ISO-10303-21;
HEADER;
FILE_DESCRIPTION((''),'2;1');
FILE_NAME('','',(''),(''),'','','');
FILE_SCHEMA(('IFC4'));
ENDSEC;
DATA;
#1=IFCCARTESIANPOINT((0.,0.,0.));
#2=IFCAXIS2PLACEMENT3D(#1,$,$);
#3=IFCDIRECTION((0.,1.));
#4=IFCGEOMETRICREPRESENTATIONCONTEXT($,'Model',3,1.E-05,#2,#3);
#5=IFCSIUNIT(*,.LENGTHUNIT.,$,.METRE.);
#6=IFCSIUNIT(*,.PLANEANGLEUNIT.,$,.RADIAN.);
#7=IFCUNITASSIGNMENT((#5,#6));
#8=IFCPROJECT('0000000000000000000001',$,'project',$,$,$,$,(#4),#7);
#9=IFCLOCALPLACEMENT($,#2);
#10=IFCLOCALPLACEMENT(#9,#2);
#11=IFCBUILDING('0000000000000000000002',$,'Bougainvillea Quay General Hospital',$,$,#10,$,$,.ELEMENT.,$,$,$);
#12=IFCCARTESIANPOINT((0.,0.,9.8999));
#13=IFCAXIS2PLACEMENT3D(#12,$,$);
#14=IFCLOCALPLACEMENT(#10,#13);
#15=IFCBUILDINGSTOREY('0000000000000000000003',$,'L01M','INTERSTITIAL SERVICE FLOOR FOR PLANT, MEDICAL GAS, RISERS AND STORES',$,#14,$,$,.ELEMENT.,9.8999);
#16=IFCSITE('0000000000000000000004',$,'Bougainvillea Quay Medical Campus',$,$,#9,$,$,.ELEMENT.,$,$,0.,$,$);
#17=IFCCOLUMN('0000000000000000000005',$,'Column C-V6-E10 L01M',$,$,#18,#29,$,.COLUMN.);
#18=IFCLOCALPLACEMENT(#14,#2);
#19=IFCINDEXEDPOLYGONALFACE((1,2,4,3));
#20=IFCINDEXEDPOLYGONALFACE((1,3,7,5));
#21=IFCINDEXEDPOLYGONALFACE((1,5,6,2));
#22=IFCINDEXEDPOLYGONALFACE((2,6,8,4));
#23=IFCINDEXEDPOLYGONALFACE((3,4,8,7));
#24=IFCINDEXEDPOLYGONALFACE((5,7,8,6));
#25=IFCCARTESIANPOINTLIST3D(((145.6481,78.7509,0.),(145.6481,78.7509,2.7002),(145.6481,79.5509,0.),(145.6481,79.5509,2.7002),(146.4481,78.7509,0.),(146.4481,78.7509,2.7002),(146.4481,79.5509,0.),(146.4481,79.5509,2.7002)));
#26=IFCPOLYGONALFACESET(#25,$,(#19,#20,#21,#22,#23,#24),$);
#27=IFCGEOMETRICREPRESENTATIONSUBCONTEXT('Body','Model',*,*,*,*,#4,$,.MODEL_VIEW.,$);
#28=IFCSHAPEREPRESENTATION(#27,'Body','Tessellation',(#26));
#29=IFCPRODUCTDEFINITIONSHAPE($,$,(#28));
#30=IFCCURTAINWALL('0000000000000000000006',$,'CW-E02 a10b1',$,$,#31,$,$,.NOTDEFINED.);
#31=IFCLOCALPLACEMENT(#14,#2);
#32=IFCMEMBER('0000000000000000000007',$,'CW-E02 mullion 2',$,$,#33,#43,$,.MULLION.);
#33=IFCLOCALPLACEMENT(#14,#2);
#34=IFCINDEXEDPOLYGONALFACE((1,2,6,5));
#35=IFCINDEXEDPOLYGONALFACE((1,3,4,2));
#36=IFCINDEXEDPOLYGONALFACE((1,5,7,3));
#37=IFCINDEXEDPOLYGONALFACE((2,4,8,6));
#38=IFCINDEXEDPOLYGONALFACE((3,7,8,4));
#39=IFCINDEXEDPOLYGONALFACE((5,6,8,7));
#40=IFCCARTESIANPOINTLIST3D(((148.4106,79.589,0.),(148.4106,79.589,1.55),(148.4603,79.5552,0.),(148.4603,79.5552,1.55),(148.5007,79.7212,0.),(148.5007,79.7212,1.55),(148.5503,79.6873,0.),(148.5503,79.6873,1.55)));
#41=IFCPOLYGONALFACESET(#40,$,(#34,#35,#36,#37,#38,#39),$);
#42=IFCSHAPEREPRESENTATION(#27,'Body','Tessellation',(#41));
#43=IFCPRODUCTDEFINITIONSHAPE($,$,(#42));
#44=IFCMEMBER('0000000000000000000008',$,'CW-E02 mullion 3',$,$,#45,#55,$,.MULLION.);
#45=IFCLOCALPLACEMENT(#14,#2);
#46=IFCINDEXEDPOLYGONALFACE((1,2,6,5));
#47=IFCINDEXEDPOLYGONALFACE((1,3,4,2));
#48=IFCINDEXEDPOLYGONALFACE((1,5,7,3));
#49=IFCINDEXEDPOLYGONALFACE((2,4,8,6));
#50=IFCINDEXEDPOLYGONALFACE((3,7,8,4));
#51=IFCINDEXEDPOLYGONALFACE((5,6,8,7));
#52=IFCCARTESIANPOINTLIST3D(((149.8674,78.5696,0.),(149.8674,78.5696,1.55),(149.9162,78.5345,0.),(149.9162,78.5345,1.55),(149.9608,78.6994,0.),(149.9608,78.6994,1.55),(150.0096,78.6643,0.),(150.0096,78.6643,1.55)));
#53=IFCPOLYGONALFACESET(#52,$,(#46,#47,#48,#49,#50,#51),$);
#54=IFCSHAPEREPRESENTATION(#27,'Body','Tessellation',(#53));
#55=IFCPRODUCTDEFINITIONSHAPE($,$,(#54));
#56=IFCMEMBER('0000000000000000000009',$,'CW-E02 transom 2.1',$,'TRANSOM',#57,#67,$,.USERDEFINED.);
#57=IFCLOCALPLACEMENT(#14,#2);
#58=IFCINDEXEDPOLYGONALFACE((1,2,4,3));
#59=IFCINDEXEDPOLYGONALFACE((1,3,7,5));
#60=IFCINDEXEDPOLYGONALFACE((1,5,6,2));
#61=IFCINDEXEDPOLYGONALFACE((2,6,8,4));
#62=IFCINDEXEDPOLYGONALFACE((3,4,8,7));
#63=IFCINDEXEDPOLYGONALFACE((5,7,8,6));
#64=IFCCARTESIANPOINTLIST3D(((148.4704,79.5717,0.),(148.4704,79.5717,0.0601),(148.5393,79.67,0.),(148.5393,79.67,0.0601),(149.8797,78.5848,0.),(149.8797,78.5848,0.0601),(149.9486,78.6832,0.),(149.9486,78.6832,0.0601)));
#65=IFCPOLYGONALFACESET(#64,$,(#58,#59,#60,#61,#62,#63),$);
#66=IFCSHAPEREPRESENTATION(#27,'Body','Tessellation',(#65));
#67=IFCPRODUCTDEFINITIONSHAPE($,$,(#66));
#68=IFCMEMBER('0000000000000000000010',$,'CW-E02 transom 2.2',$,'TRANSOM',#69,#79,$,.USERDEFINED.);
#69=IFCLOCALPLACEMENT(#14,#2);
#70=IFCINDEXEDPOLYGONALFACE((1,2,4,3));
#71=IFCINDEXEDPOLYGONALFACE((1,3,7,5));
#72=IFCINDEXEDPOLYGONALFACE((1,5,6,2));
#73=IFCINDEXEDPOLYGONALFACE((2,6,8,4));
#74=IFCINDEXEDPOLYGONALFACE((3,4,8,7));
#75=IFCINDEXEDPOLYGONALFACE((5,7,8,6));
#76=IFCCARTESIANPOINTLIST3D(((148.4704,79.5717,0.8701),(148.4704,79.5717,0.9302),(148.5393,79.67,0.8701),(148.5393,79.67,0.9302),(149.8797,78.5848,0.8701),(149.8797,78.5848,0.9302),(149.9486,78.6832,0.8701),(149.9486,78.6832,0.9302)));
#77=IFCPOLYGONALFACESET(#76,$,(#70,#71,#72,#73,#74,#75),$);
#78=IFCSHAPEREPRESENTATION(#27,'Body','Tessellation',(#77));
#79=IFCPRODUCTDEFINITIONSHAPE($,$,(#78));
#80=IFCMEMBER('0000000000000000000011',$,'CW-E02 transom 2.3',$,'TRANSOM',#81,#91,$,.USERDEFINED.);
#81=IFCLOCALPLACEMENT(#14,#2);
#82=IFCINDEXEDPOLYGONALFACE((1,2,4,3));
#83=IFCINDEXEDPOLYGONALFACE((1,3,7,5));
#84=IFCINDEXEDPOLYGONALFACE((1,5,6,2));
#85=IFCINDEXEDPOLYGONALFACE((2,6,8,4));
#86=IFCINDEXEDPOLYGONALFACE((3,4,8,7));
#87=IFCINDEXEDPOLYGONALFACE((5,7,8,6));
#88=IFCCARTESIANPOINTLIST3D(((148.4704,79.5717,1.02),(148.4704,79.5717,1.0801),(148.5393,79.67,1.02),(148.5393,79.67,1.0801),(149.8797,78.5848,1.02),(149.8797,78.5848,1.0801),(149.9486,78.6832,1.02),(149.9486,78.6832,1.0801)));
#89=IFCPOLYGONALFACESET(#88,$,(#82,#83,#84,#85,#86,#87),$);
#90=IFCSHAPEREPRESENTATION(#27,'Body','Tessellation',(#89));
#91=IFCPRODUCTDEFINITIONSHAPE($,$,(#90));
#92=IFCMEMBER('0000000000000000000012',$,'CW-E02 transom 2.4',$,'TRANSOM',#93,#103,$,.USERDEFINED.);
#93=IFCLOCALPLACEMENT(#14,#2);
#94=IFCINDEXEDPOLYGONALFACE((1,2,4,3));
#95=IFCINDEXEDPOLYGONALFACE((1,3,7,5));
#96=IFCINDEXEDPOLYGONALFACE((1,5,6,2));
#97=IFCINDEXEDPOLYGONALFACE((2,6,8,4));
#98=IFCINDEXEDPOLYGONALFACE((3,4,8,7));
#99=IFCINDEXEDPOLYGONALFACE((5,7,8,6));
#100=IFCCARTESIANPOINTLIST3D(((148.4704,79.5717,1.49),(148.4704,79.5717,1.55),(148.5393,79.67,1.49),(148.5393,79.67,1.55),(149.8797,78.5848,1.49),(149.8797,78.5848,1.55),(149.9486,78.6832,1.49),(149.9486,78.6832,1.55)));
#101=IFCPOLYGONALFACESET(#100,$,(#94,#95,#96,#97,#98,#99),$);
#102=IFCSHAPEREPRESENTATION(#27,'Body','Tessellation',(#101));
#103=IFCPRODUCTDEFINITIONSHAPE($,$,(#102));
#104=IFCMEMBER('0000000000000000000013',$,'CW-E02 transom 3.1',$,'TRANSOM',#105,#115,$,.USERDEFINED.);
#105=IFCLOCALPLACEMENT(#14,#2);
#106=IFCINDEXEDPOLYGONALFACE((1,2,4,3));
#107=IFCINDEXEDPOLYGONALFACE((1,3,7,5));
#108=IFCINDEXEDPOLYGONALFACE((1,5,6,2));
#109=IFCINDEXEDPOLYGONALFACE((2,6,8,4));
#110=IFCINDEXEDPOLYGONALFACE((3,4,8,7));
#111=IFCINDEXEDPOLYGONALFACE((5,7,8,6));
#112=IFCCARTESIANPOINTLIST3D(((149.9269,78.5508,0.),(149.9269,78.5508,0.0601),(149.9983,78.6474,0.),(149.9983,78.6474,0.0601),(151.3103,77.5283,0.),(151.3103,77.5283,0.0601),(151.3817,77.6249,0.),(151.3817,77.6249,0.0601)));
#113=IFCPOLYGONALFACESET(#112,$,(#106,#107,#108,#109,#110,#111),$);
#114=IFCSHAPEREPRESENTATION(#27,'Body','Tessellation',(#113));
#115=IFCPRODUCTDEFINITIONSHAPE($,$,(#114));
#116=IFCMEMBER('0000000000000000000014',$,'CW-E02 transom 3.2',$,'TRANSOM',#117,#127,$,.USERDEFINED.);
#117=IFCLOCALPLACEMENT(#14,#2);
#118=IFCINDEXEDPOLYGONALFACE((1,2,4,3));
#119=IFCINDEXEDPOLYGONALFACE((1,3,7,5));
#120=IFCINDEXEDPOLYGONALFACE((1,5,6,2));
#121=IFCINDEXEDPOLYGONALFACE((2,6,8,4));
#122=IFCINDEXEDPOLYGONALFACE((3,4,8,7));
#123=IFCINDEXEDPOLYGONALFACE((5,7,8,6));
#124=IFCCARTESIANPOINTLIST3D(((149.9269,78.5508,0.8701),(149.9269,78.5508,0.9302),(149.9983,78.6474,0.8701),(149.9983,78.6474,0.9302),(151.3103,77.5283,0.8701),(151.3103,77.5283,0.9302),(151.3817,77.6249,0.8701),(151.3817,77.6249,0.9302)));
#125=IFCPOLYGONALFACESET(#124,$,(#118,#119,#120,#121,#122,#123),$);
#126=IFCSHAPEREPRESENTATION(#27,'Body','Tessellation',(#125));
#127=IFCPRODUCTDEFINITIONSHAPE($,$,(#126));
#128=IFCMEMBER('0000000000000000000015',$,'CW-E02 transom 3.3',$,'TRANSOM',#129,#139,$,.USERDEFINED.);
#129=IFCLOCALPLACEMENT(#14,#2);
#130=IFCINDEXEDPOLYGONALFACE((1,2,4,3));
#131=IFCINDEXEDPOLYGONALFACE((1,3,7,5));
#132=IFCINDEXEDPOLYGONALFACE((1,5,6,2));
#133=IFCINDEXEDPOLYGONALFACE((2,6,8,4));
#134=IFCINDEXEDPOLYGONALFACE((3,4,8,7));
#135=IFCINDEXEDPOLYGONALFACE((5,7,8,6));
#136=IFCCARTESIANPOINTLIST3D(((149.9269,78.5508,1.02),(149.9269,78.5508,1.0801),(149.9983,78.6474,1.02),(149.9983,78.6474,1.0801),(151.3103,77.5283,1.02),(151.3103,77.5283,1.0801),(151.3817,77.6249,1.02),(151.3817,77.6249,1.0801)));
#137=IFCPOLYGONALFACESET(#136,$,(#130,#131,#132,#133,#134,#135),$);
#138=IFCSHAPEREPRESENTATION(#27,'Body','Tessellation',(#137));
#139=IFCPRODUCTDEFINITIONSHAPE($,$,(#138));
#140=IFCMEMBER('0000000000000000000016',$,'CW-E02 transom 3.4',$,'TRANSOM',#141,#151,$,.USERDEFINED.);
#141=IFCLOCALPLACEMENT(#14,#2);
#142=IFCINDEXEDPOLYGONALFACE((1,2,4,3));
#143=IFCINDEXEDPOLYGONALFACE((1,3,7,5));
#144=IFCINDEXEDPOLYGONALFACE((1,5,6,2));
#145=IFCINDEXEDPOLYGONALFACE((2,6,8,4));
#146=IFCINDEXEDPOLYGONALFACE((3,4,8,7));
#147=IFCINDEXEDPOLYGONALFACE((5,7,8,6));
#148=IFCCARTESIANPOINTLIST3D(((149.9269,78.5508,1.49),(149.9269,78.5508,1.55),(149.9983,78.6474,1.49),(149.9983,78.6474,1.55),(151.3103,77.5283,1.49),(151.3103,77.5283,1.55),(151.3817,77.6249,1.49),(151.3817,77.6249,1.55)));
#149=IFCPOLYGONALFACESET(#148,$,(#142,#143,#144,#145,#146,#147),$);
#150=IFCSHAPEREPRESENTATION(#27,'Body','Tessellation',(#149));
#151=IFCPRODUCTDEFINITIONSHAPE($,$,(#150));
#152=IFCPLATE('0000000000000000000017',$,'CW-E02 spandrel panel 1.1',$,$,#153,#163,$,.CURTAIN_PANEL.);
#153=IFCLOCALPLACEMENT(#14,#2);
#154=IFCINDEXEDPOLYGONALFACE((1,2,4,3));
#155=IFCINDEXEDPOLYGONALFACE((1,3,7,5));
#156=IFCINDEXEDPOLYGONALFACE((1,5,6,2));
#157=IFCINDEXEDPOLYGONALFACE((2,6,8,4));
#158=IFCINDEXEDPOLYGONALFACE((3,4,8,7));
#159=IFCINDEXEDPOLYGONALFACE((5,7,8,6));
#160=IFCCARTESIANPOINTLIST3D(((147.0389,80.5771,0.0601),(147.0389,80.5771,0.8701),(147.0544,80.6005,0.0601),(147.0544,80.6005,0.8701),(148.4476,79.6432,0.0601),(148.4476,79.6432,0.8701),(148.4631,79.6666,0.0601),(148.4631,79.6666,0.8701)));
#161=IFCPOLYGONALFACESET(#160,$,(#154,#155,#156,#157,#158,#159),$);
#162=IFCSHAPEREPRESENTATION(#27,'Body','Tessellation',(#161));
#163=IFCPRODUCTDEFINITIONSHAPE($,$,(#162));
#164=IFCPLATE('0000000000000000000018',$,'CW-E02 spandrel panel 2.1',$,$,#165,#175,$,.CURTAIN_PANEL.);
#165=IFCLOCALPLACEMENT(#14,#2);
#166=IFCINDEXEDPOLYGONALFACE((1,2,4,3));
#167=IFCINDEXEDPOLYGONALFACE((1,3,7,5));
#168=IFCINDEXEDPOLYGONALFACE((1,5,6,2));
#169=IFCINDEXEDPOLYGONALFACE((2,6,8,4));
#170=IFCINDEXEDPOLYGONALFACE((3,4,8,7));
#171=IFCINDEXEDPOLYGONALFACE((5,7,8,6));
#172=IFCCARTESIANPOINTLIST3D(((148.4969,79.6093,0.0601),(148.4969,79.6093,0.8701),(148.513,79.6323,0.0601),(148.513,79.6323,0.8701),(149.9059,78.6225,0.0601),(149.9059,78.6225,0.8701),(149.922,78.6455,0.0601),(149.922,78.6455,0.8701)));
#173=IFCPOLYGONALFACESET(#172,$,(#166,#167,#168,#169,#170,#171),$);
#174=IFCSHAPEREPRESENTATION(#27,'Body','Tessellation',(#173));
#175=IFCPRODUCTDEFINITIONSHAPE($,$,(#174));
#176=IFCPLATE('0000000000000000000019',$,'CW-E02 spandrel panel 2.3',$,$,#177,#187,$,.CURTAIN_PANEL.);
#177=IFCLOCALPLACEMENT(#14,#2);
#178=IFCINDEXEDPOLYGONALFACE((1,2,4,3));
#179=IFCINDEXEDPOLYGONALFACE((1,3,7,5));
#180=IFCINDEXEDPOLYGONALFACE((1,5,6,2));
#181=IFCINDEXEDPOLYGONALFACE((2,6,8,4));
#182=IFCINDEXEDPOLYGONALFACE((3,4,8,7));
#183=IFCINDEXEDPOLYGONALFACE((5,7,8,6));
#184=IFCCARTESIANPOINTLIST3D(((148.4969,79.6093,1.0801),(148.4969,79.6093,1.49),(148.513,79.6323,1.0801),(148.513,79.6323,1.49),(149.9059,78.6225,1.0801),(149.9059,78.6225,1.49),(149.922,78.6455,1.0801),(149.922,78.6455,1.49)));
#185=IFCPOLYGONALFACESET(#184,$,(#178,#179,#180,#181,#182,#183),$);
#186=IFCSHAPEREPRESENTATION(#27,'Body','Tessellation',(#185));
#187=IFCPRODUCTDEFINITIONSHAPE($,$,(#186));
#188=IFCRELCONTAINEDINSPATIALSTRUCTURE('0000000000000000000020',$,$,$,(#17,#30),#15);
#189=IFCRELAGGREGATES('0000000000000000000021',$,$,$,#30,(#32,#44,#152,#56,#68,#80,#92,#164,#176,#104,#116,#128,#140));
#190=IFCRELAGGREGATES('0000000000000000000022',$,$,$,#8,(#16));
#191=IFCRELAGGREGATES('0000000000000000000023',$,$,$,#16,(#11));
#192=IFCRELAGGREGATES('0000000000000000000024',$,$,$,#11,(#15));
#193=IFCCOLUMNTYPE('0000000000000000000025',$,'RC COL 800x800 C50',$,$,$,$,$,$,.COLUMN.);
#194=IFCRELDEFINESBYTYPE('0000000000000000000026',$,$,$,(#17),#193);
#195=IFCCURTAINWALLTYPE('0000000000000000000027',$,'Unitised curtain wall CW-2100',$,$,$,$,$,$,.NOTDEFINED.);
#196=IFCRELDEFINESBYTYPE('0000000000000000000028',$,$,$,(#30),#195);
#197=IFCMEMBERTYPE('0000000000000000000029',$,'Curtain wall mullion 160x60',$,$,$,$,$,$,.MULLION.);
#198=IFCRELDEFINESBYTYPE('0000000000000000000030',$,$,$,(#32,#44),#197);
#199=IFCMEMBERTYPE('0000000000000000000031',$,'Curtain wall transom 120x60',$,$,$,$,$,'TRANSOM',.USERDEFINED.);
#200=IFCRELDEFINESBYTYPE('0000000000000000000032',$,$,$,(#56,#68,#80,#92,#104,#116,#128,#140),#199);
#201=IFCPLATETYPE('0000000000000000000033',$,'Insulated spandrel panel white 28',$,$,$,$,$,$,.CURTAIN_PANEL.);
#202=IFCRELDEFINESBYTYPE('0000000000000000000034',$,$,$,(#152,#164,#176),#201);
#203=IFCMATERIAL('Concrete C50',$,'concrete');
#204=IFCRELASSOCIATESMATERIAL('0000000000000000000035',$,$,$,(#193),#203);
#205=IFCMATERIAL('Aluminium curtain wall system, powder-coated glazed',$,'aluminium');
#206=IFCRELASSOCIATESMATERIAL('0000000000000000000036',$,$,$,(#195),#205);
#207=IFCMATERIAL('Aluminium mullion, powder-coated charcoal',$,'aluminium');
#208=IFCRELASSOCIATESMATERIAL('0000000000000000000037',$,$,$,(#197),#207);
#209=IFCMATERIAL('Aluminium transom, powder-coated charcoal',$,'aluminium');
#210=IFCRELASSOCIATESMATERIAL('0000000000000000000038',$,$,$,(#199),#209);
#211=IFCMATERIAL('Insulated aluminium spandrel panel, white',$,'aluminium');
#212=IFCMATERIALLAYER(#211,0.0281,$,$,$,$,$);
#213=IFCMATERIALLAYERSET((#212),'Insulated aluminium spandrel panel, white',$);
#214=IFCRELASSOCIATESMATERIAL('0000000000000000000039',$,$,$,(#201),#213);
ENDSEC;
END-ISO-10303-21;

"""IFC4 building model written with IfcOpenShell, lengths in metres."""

from ifc_helpers import new_model, si_unit, direction, frame, origin, origin_2d, place, context, subcontext, project, spatial, rectangle, extrude, material, layer, layer_set, material_profile, profile_set, type_object, element, aggregate, save


model = new_model("IFC4")

# Units and contexts
model_context = context("Model", 3, precision=1e-05, world=origin(), true_north=direction((0.0, 1.0)))
body_context = subcontext(model_context, "Body", "Model", "MODEL_VIEW")
ifc_project = project(units=[si_unit("LENGTHUNIT", "METRE"), si_unit("PLANEANGLEUNIT", "RADIAN")], contexts=[model_context])

# Site, building, storey
site_placement = place(None, origin())
site = spatial("IfcSite", under=ifc_project, at=site_placement, Name="Bougainvillea Quay Medical Campus", CompositionType="ELEMENT", RefElevation=0.0)
building_placement = place(site_placement, origin())
building = spatial("IfcBuilding", under=site, at=building_placement, Name="Bougainvillea Quay General Hospital", CompositionType="ELEMENT")
storey_placement = place(building_placement, frame((0.0, 0.0, 9.8999)))
storey = spatial("IfcBuildingStorey", under=building, at=storey_placement, Name="L01M", Description="INTERSTITIAL SERVICE FLOOR FOR PLANT, MEDICAL GAS, RISERS AND STORES", CompositionType="ELEMENT", Elevation=9.8999)

# Column
ifc_material_1 = material(Name="Concrete C50", Category="concrete")
ifc_material_profile_1 = material_profile(ifc_material_1, rectangle(XDim=0.8, YDim=0.8, at=origin_2d()))
ifc_profile_set_1 = profile_set([ifc_material_profile_1], Name="Concrete C50")
column_type = type_object("IfcColumnType", Name="RC COL 800x800 C50", PredefinedType="COLUMN", material=ifc_profile_set_1)
column_placement = place(storey_placement, frame((146.0481, 79.1509, 0.0), z_axis=(0.0, 0.0, 1.0), x_axis=(1.0, 0.0, 0.0)))
element("IfcColumn", 1, at=column_placement, inside=storey, type_object=column_type, Name="Column C-V6-E10 L01M", PredefinedType="COLUMN", context=body_context, shape_type="SweptSolid", body=[
    extrude(rectangle(XDim=0.8, YDim=0.8, at=origin_2d()), origin(), (0.0, 0.0, 1.0), 2.7002),
])

# Curtain wall, members, plates
ifc_material_2 = material(Name="Aluminium curtain wall system, powder-coated glazed", Category="aluminium")
curtain_wall_type = type_object("IfcCurtainWallType", Name="Unitised curtain wall CW-2100", PredefinedType="NOTDEFINED", material=ifc_material_2)
curtain_wall_placement = place(storey_placement, origin())
curtain_wall = element("IfcCurtainWall", 2, at=curtain_wall_placement, inside=storey, type_object=curtain_wall_type, Name="CW-E02 a10b1", PredefinedType="NOTDEFINED")
ifc_material_3 = material(Name="Aluminium mullion, powder-coated charcoal", Category="aluminium")
ifc_material_profile_2 = material_profile(ifc_material_3, rectangle(XDim=0.1599, YDim=0.0601, at=origin_2d()))
ifc_profile_set_2 = profile_set([ifc_material_profile_2], Name="Aluminium mullion, powder-coated charcoal")
member_type_1 = type_object("IfcMemberType", Name="Curtain wall mullion 160x60", PredefinedType="MULLION", material=ifc_profile_set_2)
member_1_placement = place(storey_placement, frame((148.4805, 79.6382, 0.0), z_axis=(0.0, 0.0, 1.0), x_axis=(0.563157, 0.82635, 0.0)))
member_1 = element("IfcMember", 3, at=member_1_placement, type_object=member_type_1, Name="CW-E02 mullion 2", PredefinedType="MULLION", context=body_context, shape_type="SweptSolid", body=[
    extrude(rectangle(XDim=0.1599, YDim=0.0601, at=origin_2d()), origin(), (0.0, 0.0, 1.0), 1.55),
])
member_2_placement = place(storey_placement, frame((149.9385, 78.6169, 0.0), z_axis=(0.0, 0.0, 1.0), x_axis=(0.584063, 0.811709, 0.0)))
member_2 = element("IfcMember", 4, at=member_2_placement, type_object=member_type_1, Name="CW-E02 mullion 3", PredefinedType="MULLION", context=body_context, shape_type="SweptSolid", body=[
    extrude(rectangle(XDim=0.1599, YDim=0.0601, at=origin_2d()), origin(), (0.0, 0.0, 1.0), 1.55),
])
ifc_material_4 = material(Name="Aluminium transom, powder-coated charcoal", Category="aluminium")
ifc_material_profile_3 = material_profile(ifc_material_4, rectangle(XDim=0.1201, YDim=0.0601, at=origin_2d()))
ifc_profile_set_3 = profile_set([ifc_material_profile_3], Name="Aluminium transom, powder-coated charcoal")
member_type_2 = type_object("IfcMemberType", Name="Curtain wall transom 120x60", ElementType="TRANSOM", PredefinedType="USERDEFINED", material=ifc_profile_set_3)
member_3_placement = place(storey_placement, frame((148.5049, 79.6208, 0.03), z_axis=(0.819125, -0.573615, 0.0), x_axis=(0.573615, 0.819125, 0.0)))
member_3 = element("IfcMember", 5, at=member_3_placement, type_object=member_type_2, Name="CW-E02 transom 2.1", ObjectType="TRANSOM", PredefinedType="USERDEFINED", context=body_context, shape_type="SweptSolid", body=[
    extrude(rectangle(XDim=0.1201, YDim=0.0601, at=origin_2d()), origin(), (0.0, 0.0, 1.0), 1.7205),
])
member_4_placement = place(storey_placement, frame((148.5049, 79.6208, 0.9001), z_axis=(0.819125, -0.573615, 0.0), x_axis=(0.573615, 0.819125, 0.0)))
member_4 = element("IfcMember", 6, at=member_4_placement, type_object=member_type_2, Name="CW-E02 transom 2.2", ObjectType="TRANSOM", PredefinedType="USERDEFINED", context=body_context, shape_type="SweptSolid", body=[
    extrude(rectangle(XDim=0.1201, YDim=0.0601, at=origin_2d()), origin(), (0.0, 0.0, 1.0), 1.7205),
])
member_5_placement = place(storey_placement, frame((148.5049, 79.6208, 1.05), z_axis=(0.819125, -0.573615, 0.0), x_axis=(0.573615, 0.819125, 0.0)))
member_5 = element("IfcMember", 7, at=member_5_placement, type_object=member_type_2, Name="CW-E02 transom 2.3", ObjectType="TRANSOM", PredefinedType="USERDEFINED", context=body_context, shape_type="SweptSolid", body=[
    extrude(rectangle(XDim=0.1201, YDim=0.0601, at=origin_2d()), origin(), (0.0, 0.0, 1.0), 1.7205),
])
member_6_placement = place(storey_placement, frame((148.5049, 79.6208, 1.52), z_axis=(0.819125, -0.573615, 0.0), x_axis=(0.573615, 0.819125, 0.0)))
member_6 = element("IfcMember", 8, at=member_6_placement, type_object=member_type_2, Name="CW-E02 transom 2.4", ObjectType="TRANSOM", PredefinedType="USERDEFINED", context=body_context, shape_type="SweptSolid", body=[
    extrude(rectangle(XDim=0.1201, YDim=0.0601, at=origin_2d()), origin(), (0.0, 0.0, 1.0), 1.7205),
])
member_7_placement = place(storey_placement, frame((149.9626, 78.5991, 0.03), z_axis=(0.80417, -0.594399, 0.0), x_axis=(0.594399, 0.80417, 0.0)))
member_7 = element("IfcMember", 9, at=member_7_placement, type_object=member_type_2, Name="CW-E02 transom 3.1", ObjectType="TRANSOM", PredefinedType="USERDEFINED", context=body_context, shape_type="SweptSolid", body=[
    extrude(rectangle(XDim=0.1201, YDim=0.0601, at=origin_2d()), origin(), (0.0, 0.0, 1.0), 1.7202),
])
member_8_placement = place(storey_placement, frame((149.9626, 78.5991, 0.9001), z_axis=(0.80417, -0.594399, 0.0), x_axis=(0.594399, 0.80417, 0.0)))
member_8 = element("IfcMember", 10, at=member_8_placement, type_object=member_type_2, Name="CW-E02 transom 3.2", ObjectType="TRANSOM", PredefinedType="USERDEFINED", context=body_context, shape_type="SweptSolid", body=[
    extrude(rectangle(XDim=0.1201, YDim=0.0601, at=origin_2d()), origin(), (0.0, 0.0, 1.0), 1.7202),
])
member_9_placement = place(storey_placement, frame((149.9626, 78.5991, 1.05), z_axis=(0.80417, -0.594399, 0.0), x_axis=(0.594399, 0.80417, 0.0)))
member_9 = element("IfcMember", 11, at=member_9_placement, type_object=member_type_2, Name="CW-E02 transom 3.3", ObjectType="TRANSOM", PredefinedType="USERDEFINED", context=body_context, shape_type="SweptSolid", body=[
    extrude(rectangle(XDim=0.1201, YDim=0.0601, at=origin_2d()), origin(), (0.0, 0.0, 1.0), 1.7202),
])
member_10_placement = place(storey_placement, frame((149.9626, 78.5991, 1.52), z_axis=(0.80417, -0.594399, 0.0), x_axis=(0.594399, 0.80417, 0.0)))
member_10 = element("IfcMember", 12, at=member_10_placement, type_object=member_type_2, Name="CW-E02 transom 3.4", ObjectType="TRANSOM", PredefinedType="USERDEFINED", context=body_context, shape_type="SweptSolid", body=[
    extrude(rectangle(XDim=0.1201, YDim=0.0601, at=origin_2d()), origin(), (0.0, 0.0, 1.0), 1.7202),
])
ifc_material_5 = material(Name="Insulated aluminium spandrel panel, white", Category="aluminium")
ifc_layer_1 = layer(ifc_material_5, 0.0281)
ifc_layer_set_1 = layer_set([ifc_layer_1], Name="Insulated aluminium spandrel panel, white")
plate_type_1 = type_object("IfcPlateType", Name="Insulated spandrel panel white 28", PredefinedType="CURTAIN_PANEL", material=ifc_layer_set_1)
plate_1_placement = place(storey_placement, frame((147.751, 80.1218, 0.0601), z_axis=(0.0, 0.0, 1.0), x_axis=(0.833469, -0.552566, 0.0)))
plate_1 = element("IfcPlate", 13, at=plate_1_placement, type_object=plate_type_1, Name="CW-E02 spandrel panel 1.1", PredefinedType="CURTAIN_PANEL", context=body_context, shape_type="SweptSolid", body=[
    extrude(rectangle(XDim=1.6902, YDim=0.0281, at=origin_2d()), origin(), (0.0, 0.0, 1.0), 0.8101),
])
plate_2_placement = place(storey_placement, frame((149.2095, 79.1274, 0.0601), z_axis=(0.0, 0.0, 1.0), x_axis=(0.819096, -0.573656, 0.0)))
plate_2 = element("IfcPlate", 14, at=plate_2_placement, type_object=plate_type_1, Name="CW-E02 spandrel panel 2.1", PredefinedType="CURTAIN_PANEL", context=body_context, shape_type="SweptSolid", body=[
    extrude(rectangle(XDim=1.7202, YDim=0.0281, at=origin_2d()), origin(), (0.0, 0.0, 1.0), 0.8101),
])
plate_3_placement = place(storey_placement, frame((149.2095, 79.1274, 1.0801), z_axis=(0.0, 0.0, 1.0), x_axis=(0.819096, -0.573656, 0.0)))
plate_3 = element("IfcPlate", 15, at=plate_3_placement, type_object=plate_type_1, Name="CW-E02 spandrel panel 2.3", PredefinedType="CURTAIN_PANEL", context=body_context, shape_type="SweptSolid", body=[
    extrude(rectangle(XDim=1.7202, YDim=0.0281, at=origin_2d()), origin(), (0.0, 0.0, 1.0), 0.4099),
])
aggregate(curtain_wall, [member_1, member_2, plate_1, member_3, member_4, member_5, member_6, plate_2, plate_3, member_7, member_8, member_9, member_10])

save(model, "model.ifc")
